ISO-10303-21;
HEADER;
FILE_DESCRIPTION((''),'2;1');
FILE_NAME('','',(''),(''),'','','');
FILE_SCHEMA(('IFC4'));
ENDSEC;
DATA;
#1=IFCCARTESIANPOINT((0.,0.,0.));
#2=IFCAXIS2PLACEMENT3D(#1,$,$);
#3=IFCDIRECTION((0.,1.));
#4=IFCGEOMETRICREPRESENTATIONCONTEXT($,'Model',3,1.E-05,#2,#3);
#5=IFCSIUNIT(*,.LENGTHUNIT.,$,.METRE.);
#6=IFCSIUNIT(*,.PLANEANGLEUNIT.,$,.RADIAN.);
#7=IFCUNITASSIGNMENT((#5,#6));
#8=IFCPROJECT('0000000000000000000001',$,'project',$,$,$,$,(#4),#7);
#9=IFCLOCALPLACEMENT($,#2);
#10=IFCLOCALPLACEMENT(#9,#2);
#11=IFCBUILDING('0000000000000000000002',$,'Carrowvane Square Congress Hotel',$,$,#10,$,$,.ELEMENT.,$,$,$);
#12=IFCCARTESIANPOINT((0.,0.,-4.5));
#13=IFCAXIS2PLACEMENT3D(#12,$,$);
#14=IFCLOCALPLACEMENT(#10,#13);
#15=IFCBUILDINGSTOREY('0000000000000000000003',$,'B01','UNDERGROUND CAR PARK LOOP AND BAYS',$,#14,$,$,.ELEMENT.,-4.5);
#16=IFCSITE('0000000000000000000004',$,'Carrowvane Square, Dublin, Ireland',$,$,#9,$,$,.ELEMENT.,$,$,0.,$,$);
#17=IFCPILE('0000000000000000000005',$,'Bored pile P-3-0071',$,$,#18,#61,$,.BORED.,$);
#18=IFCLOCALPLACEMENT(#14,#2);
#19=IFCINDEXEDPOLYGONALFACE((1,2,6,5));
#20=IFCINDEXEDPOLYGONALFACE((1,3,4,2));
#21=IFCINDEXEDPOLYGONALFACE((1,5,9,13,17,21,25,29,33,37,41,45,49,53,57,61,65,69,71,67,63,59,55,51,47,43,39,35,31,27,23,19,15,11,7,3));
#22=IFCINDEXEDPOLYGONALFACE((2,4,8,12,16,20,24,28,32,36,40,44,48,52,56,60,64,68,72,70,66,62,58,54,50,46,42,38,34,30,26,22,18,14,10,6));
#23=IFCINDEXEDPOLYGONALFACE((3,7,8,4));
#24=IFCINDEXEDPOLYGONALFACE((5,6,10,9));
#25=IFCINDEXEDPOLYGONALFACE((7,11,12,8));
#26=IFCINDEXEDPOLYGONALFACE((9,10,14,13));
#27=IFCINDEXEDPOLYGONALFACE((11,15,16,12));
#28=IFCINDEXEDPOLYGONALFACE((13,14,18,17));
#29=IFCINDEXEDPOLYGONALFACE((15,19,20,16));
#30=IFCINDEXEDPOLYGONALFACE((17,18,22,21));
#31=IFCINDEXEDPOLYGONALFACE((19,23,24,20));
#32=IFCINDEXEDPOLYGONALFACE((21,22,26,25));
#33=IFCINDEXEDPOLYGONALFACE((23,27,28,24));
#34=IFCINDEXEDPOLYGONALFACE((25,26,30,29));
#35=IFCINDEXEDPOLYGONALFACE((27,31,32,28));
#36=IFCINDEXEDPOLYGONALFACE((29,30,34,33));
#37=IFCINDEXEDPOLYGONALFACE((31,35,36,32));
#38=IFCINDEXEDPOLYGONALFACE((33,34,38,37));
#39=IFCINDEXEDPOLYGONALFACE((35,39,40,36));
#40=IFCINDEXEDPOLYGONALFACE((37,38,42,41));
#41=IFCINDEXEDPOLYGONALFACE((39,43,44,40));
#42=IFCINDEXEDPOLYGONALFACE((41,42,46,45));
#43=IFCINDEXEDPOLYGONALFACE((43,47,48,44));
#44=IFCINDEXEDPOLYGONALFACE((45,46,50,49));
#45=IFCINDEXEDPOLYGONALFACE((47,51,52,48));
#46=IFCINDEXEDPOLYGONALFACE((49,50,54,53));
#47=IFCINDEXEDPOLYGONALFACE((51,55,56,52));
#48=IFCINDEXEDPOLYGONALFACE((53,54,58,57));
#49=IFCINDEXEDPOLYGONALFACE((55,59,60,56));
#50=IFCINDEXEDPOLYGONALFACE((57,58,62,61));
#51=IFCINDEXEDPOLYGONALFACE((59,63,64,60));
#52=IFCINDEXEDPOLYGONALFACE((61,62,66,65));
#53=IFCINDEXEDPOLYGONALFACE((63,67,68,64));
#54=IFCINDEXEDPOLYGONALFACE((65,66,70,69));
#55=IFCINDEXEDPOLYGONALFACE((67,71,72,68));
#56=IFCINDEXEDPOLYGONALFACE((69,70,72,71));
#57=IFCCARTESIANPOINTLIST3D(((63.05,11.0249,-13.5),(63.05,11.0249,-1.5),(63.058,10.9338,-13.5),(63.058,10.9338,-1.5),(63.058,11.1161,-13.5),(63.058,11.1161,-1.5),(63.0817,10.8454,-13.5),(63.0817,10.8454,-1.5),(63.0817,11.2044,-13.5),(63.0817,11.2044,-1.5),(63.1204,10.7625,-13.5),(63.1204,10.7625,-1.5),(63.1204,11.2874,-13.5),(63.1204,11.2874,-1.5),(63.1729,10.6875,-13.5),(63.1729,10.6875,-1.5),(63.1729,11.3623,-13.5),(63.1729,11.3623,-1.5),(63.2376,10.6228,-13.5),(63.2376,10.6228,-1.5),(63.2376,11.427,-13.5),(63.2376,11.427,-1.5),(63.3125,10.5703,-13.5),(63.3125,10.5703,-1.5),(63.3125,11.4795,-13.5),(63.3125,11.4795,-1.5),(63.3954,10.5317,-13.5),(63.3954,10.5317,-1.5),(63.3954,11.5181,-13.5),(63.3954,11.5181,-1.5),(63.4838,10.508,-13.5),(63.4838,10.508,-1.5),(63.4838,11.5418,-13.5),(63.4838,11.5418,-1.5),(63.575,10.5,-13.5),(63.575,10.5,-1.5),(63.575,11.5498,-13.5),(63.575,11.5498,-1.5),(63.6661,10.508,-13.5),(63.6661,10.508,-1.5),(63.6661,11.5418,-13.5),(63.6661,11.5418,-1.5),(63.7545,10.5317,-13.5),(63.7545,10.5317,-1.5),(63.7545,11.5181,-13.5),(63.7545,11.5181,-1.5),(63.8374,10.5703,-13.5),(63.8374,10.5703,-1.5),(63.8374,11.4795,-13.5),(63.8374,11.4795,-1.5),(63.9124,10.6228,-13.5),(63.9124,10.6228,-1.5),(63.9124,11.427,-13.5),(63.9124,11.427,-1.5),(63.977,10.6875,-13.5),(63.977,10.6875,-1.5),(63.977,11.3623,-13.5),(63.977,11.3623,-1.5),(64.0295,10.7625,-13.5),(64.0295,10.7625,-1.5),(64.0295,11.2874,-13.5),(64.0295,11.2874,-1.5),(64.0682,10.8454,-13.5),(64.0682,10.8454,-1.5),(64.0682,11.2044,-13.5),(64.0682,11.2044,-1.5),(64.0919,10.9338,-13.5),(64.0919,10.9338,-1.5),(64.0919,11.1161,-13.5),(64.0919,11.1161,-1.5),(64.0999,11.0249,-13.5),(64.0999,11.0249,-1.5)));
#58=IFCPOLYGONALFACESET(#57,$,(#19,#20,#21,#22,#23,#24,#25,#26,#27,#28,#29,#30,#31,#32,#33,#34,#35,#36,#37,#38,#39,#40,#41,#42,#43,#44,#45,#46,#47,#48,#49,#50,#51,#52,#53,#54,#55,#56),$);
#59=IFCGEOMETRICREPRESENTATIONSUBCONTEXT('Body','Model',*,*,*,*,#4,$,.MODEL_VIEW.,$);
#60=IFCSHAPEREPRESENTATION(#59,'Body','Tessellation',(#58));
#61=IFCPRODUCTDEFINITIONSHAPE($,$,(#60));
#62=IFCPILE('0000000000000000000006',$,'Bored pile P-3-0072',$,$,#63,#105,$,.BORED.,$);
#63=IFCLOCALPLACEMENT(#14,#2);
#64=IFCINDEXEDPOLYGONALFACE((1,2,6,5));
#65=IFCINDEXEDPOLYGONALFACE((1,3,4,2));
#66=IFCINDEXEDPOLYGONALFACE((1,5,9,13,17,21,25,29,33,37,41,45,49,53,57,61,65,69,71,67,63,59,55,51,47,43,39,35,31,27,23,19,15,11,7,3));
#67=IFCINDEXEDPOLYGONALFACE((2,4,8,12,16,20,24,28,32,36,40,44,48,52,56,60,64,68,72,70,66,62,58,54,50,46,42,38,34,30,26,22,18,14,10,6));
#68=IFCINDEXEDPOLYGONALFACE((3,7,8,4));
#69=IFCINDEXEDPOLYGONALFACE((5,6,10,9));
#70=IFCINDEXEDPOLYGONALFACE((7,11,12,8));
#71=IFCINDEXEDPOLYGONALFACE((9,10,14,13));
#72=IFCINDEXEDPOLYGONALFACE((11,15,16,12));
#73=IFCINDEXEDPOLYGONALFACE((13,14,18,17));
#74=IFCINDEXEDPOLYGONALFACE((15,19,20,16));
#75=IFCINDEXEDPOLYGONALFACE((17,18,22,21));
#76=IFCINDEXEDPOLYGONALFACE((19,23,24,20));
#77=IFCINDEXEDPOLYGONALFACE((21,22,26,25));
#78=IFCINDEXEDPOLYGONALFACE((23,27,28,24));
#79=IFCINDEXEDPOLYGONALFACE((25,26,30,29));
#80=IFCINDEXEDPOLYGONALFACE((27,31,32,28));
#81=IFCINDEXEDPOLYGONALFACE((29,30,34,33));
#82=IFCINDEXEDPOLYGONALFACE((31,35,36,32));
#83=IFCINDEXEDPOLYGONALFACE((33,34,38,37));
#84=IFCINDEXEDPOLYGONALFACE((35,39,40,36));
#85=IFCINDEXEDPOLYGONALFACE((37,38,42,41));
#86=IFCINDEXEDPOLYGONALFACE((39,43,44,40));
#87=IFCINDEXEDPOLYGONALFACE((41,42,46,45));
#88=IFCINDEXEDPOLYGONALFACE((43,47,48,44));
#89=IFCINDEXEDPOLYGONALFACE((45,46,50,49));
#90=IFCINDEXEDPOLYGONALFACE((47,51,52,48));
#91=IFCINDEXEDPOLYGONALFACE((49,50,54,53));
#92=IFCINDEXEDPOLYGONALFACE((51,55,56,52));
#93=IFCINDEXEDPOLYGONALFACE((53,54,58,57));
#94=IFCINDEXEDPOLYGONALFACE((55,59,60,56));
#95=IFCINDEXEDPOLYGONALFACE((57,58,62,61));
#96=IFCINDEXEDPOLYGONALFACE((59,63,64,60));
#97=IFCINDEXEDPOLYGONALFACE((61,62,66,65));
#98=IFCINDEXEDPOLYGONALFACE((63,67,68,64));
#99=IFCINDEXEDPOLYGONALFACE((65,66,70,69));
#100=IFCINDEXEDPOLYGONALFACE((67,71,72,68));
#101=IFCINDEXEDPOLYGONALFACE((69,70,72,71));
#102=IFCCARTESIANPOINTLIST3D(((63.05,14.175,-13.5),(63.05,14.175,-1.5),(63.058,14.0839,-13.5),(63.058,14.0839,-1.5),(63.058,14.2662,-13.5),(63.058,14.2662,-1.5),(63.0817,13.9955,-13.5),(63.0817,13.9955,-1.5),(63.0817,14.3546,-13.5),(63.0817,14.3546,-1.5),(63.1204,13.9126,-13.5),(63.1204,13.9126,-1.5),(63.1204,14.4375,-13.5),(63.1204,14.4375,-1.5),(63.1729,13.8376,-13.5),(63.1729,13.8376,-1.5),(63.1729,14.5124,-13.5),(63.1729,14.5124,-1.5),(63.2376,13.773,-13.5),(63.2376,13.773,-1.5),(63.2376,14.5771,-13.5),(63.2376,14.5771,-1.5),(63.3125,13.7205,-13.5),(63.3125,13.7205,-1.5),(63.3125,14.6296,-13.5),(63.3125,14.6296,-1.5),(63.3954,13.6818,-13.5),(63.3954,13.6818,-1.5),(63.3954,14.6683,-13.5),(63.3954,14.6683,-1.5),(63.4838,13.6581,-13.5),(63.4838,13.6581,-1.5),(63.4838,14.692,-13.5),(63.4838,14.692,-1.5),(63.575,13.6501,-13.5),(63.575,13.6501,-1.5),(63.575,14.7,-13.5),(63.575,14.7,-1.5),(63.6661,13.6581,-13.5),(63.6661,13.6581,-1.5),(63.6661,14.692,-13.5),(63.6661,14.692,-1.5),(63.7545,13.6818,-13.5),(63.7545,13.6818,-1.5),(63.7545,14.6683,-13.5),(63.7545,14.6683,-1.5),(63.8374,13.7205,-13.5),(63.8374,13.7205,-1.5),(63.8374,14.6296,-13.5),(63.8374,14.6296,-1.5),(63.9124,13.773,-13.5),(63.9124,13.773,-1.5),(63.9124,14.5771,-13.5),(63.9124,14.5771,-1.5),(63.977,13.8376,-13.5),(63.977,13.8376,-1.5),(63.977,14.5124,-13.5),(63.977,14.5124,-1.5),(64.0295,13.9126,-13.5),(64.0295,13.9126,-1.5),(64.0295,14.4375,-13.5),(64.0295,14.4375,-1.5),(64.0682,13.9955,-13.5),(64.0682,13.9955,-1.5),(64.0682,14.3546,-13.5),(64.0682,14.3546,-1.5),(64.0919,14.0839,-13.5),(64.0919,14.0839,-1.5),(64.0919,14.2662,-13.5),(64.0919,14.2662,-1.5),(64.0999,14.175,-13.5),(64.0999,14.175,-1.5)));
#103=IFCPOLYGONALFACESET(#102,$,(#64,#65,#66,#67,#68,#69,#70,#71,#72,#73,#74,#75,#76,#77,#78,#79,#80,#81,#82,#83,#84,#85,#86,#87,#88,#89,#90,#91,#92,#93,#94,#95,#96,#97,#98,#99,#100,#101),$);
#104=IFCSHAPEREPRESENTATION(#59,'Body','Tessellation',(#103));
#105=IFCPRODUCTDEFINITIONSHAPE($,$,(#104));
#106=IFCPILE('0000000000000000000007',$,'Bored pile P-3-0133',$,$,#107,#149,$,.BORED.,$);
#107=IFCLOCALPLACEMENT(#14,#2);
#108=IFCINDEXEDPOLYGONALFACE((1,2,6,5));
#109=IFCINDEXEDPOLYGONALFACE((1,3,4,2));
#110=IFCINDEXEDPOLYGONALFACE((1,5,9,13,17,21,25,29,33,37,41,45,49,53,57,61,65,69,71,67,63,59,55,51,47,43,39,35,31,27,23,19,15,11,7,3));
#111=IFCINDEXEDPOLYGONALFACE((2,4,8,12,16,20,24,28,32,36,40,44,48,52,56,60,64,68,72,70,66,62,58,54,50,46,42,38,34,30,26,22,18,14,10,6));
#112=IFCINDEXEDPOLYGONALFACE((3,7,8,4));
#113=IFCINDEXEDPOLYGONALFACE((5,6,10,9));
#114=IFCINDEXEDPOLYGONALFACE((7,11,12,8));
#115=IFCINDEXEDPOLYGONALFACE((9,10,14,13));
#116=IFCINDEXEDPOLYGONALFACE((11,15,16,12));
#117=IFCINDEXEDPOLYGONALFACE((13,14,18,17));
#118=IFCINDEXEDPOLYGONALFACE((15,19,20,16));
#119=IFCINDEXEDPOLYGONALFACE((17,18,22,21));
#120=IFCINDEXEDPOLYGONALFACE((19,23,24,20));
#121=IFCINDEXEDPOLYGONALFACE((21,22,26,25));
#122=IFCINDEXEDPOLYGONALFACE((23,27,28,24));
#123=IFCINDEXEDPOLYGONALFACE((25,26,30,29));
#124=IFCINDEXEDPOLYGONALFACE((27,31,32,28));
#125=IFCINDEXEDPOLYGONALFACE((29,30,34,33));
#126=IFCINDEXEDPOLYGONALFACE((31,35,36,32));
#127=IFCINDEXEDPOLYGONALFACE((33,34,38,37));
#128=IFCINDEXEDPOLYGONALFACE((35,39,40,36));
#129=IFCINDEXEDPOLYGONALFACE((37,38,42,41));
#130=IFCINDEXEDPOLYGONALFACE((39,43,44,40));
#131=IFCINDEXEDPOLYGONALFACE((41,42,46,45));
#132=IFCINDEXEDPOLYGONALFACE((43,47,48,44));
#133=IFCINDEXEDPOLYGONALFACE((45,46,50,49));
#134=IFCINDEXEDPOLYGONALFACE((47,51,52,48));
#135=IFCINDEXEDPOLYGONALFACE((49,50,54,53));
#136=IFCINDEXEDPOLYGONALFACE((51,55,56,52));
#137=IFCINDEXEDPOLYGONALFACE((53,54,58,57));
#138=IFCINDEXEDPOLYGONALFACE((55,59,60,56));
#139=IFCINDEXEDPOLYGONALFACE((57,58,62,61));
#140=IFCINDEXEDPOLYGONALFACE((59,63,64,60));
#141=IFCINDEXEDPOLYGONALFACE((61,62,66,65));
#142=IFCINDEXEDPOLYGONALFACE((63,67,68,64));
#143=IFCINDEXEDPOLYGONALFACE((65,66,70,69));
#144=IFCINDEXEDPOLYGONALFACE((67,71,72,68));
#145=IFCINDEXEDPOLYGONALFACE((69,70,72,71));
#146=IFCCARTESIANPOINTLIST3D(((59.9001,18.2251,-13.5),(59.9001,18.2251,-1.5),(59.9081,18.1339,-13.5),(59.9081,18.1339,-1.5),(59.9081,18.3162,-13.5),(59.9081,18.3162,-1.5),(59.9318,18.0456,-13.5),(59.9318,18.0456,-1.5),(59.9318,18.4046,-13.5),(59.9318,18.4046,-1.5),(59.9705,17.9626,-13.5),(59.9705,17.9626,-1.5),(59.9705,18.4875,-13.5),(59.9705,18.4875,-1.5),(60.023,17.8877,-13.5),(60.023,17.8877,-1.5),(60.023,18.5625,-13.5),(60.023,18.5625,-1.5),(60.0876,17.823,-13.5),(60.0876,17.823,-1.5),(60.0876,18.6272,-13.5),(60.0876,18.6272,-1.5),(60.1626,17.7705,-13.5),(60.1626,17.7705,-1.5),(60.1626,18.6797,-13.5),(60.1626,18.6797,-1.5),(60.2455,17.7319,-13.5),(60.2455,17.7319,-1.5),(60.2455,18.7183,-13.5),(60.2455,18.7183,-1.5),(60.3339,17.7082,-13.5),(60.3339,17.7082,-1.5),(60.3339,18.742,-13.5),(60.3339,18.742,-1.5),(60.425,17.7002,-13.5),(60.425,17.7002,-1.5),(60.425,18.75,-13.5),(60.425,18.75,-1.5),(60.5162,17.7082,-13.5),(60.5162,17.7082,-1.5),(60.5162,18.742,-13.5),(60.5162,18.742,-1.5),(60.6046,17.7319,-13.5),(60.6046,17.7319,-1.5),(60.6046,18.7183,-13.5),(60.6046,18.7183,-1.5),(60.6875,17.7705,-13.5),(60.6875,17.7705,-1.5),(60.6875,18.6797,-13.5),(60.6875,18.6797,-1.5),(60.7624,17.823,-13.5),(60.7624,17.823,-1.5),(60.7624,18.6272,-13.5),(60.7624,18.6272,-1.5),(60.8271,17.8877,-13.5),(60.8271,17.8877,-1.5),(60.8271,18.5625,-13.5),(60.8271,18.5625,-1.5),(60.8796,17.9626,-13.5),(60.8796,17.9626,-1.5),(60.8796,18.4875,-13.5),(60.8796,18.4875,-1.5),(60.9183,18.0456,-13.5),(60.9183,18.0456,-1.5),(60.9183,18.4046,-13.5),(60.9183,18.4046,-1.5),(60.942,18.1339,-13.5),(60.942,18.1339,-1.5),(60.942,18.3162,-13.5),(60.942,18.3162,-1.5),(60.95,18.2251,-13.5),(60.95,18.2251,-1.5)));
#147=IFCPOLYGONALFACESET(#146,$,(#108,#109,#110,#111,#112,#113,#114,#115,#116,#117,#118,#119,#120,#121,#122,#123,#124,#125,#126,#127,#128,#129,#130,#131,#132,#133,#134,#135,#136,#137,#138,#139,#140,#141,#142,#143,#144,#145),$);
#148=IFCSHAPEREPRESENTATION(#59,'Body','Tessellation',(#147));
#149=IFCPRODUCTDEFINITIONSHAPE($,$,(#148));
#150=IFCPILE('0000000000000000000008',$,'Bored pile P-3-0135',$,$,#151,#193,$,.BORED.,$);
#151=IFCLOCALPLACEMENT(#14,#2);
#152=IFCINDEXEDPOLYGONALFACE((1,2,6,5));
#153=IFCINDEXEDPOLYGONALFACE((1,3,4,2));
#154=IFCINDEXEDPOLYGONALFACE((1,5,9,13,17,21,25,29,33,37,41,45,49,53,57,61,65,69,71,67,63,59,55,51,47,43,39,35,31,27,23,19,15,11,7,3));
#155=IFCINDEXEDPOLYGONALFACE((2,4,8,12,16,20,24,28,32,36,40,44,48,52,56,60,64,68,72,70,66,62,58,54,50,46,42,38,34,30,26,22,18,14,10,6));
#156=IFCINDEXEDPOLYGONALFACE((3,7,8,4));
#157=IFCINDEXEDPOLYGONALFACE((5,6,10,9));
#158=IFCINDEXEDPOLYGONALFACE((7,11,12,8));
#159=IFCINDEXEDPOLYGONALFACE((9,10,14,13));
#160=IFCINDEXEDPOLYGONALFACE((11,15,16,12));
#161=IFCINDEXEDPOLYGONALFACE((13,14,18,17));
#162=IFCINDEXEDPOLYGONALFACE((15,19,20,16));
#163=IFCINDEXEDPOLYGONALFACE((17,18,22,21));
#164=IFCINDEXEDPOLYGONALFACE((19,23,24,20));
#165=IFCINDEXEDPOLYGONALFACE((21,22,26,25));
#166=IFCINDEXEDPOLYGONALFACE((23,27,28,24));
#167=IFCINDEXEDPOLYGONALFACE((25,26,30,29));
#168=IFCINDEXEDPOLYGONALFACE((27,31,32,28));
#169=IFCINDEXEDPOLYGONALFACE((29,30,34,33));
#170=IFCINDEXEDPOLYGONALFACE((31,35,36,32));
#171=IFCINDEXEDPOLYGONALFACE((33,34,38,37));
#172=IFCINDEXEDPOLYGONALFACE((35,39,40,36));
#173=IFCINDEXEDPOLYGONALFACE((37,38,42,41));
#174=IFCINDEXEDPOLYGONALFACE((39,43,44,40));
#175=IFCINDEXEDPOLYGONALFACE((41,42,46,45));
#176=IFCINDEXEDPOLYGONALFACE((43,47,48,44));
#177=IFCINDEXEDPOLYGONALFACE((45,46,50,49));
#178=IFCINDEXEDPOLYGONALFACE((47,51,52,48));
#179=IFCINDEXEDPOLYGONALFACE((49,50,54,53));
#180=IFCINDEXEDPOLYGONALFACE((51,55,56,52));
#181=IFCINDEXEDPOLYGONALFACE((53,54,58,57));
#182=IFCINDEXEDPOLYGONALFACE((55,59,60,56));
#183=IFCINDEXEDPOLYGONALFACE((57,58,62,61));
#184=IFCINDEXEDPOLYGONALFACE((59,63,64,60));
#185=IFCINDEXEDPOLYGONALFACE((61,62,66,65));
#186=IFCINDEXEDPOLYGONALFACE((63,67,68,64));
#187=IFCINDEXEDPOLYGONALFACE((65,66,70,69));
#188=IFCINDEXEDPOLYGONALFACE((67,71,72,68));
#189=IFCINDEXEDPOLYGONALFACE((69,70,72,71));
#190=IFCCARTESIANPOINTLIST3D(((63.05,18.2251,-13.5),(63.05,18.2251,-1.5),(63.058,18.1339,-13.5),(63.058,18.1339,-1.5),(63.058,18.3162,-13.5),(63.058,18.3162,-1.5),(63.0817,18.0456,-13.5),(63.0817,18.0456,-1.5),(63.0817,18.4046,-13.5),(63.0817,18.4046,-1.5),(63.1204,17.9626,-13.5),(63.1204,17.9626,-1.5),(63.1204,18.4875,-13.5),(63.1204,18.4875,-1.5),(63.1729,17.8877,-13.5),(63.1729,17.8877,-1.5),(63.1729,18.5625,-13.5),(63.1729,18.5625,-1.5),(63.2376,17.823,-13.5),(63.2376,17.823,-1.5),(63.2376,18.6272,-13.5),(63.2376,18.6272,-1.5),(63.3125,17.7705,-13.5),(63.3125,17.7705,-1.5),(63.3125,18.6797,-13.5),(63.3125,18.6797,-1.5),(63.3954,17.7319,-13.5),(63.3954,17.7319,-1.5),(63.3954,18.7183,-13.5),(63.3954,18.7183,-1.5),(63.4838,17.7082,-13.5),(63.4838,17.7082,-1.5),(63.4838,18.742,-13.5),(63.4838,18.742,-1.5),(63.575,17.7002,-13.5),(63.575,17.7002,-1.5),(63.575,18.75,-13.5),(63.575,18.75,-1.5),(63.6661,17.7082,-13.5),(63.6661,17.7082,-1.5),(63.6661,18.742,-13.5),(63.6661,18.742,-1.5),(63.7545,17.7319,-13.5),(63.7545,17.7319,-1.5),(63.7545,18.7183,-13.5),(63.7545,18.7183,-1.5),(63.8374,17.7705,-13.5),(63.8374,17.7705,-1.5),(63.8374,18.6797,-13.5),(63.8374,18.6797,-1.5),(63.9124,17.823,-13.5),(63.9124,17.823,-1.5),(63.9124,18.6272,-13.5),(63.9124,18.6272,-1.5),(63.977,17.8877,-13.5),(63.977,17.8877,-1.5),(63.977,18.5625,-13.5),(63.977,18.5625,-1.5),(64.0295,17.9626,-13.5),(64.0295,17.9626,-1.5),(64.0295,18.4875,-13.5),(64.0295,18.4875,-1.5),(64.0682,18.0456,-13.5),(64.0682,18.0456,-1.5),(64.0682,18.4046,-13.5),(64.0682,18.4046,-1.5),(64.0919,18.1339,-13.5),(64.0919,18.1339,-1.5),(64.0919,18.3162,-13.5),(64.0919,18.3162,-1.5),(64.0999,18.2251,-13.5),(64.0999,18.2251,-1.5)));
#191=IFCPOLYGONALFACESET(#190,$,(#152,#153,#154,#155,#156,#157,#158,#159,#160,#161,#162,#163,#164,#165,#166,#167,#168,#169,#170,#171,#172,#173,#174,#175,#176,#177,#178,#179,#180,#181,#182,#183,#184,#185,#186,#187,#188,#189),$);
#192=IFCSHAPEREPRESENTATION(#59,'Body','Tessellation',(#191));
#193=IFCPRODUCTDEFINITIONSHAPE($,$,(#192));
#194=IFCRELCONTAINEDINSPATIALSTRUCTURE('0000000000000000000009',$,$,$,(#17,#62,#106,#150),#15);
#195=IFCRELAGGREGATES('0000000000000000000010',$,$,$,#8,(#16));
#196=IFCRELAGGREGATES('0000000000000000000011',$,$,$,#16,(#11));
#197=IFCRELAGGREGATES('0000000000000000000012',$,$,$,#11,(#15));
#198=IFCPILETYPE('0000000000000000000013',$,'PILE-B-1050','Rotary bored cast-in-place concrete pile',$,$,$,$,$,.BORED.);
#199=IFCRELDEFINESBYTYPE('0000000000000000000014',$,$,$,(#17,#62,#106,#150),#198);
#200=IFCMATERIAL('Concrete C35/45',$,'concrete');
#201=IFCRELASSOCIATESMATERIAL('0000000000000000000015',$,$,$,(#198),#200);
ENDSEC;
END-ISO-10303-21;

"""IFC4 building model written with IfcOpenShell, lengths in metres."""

from ifc_helpers import new_model, si_unit, direction, frame, origin, origin_2d, place, context, subcontext, project, spatial, circle, extrude, material, material_profile, profile_set, type_object, element, save


model = new_model("IFC4")

# Units and contexts
model_context = context("Model", 3, precision=1e-05, world=origin(), true_north=direction((0.0, 1.0)))
body_context = subcontext(model_context, "Body", "Model", "MODEL_VIEW")
ifc_project = project(units=[si_unit("LENGTHUNIT", "METRE"), si_unit("PLANEANGLEUNIT", "RADIAN")], contexts=[model_context])

# Site, building, storey
site_placement = place(None, origin())
site = spatial("IfcSite", under=ifc_project, at=site_placement, Name="Carrowvane Square, Dublin, Ireland", CompositionType="ELEMENT", RefElevation=0.0)
building_placement = place(site_placement, origin())
building = spatial("IfcBuilding", under=site, at=building_placement, Name="Carrowvane Square Congress Hotel", CompositionType="ELEMENT")
storey_placement = place(building_placement, frame((0.0, 0.0, -4.5)))
storey = spatial("IfcBuildingStorey", under=building, at=storey_placement, Name="B01", Description="UNDERGROUND CAR PARK LOOP AND BAYS", CompositionType="ELEMENT", Elevation=-4.5)

# Piles
ifc_material_1 = material(Name="Concrete C35/45", Category="concrete")
ifc_material_profile_1 = material_profile(ifc_material_1, circle(Radius=0.5249, at=origin_2d()), Name="PILE D1050")
ifc_profile_set_1 = profile_set([ifc_material_profile_1], Name="Concrete C35/45")
pile_type_1 = type_object("IfcPileType", Name="PILE-B-1050", Description="Rotary bored cast-in-place concrete pile", PredefinedType="BORED", material=ifc_profile_set_1)
for number, where, z_axis, x_axis, name in (
    (1, (63.575, 11.0249, -1.5), (0.0, 0.0, -1.0), (1.0, 0.0, 0.0), "Bored pile P-3-0071"),
    (2, (63.575, 14.175, -1.5), (0.0, 0.0, -1.0), (1.0, 0.0, 0.0), "Bored pile P-3-0072"),
    (3, (60.425, 18.2251, -1.5), (0.0, 0.0, -1.0), (1.0, 0.0, 0.0), "Bored pile P-3-0133"),
    (4, (63.575, 18.2251, -1.5), (0.0, 0.0, -1.0), (1.0, 0.0, 0.0), "Bored pile P-3-0135"),
):
    element("IfcPile", number, at=place(storey_placement, frame(where, z_axis=z_axis, x_axis=x_axis)), inside=storey, type_object=pile_type_1, Name=name, PredefinedType="BORED", context=body_context, shape_type="SweptSolid", body=[
        extrude(circle(Radius=0.5249, at=origin_2d()), origin(), (0.0, 0.0, 1.0), 12.0),
    ])

save(model, "model.ifc")
